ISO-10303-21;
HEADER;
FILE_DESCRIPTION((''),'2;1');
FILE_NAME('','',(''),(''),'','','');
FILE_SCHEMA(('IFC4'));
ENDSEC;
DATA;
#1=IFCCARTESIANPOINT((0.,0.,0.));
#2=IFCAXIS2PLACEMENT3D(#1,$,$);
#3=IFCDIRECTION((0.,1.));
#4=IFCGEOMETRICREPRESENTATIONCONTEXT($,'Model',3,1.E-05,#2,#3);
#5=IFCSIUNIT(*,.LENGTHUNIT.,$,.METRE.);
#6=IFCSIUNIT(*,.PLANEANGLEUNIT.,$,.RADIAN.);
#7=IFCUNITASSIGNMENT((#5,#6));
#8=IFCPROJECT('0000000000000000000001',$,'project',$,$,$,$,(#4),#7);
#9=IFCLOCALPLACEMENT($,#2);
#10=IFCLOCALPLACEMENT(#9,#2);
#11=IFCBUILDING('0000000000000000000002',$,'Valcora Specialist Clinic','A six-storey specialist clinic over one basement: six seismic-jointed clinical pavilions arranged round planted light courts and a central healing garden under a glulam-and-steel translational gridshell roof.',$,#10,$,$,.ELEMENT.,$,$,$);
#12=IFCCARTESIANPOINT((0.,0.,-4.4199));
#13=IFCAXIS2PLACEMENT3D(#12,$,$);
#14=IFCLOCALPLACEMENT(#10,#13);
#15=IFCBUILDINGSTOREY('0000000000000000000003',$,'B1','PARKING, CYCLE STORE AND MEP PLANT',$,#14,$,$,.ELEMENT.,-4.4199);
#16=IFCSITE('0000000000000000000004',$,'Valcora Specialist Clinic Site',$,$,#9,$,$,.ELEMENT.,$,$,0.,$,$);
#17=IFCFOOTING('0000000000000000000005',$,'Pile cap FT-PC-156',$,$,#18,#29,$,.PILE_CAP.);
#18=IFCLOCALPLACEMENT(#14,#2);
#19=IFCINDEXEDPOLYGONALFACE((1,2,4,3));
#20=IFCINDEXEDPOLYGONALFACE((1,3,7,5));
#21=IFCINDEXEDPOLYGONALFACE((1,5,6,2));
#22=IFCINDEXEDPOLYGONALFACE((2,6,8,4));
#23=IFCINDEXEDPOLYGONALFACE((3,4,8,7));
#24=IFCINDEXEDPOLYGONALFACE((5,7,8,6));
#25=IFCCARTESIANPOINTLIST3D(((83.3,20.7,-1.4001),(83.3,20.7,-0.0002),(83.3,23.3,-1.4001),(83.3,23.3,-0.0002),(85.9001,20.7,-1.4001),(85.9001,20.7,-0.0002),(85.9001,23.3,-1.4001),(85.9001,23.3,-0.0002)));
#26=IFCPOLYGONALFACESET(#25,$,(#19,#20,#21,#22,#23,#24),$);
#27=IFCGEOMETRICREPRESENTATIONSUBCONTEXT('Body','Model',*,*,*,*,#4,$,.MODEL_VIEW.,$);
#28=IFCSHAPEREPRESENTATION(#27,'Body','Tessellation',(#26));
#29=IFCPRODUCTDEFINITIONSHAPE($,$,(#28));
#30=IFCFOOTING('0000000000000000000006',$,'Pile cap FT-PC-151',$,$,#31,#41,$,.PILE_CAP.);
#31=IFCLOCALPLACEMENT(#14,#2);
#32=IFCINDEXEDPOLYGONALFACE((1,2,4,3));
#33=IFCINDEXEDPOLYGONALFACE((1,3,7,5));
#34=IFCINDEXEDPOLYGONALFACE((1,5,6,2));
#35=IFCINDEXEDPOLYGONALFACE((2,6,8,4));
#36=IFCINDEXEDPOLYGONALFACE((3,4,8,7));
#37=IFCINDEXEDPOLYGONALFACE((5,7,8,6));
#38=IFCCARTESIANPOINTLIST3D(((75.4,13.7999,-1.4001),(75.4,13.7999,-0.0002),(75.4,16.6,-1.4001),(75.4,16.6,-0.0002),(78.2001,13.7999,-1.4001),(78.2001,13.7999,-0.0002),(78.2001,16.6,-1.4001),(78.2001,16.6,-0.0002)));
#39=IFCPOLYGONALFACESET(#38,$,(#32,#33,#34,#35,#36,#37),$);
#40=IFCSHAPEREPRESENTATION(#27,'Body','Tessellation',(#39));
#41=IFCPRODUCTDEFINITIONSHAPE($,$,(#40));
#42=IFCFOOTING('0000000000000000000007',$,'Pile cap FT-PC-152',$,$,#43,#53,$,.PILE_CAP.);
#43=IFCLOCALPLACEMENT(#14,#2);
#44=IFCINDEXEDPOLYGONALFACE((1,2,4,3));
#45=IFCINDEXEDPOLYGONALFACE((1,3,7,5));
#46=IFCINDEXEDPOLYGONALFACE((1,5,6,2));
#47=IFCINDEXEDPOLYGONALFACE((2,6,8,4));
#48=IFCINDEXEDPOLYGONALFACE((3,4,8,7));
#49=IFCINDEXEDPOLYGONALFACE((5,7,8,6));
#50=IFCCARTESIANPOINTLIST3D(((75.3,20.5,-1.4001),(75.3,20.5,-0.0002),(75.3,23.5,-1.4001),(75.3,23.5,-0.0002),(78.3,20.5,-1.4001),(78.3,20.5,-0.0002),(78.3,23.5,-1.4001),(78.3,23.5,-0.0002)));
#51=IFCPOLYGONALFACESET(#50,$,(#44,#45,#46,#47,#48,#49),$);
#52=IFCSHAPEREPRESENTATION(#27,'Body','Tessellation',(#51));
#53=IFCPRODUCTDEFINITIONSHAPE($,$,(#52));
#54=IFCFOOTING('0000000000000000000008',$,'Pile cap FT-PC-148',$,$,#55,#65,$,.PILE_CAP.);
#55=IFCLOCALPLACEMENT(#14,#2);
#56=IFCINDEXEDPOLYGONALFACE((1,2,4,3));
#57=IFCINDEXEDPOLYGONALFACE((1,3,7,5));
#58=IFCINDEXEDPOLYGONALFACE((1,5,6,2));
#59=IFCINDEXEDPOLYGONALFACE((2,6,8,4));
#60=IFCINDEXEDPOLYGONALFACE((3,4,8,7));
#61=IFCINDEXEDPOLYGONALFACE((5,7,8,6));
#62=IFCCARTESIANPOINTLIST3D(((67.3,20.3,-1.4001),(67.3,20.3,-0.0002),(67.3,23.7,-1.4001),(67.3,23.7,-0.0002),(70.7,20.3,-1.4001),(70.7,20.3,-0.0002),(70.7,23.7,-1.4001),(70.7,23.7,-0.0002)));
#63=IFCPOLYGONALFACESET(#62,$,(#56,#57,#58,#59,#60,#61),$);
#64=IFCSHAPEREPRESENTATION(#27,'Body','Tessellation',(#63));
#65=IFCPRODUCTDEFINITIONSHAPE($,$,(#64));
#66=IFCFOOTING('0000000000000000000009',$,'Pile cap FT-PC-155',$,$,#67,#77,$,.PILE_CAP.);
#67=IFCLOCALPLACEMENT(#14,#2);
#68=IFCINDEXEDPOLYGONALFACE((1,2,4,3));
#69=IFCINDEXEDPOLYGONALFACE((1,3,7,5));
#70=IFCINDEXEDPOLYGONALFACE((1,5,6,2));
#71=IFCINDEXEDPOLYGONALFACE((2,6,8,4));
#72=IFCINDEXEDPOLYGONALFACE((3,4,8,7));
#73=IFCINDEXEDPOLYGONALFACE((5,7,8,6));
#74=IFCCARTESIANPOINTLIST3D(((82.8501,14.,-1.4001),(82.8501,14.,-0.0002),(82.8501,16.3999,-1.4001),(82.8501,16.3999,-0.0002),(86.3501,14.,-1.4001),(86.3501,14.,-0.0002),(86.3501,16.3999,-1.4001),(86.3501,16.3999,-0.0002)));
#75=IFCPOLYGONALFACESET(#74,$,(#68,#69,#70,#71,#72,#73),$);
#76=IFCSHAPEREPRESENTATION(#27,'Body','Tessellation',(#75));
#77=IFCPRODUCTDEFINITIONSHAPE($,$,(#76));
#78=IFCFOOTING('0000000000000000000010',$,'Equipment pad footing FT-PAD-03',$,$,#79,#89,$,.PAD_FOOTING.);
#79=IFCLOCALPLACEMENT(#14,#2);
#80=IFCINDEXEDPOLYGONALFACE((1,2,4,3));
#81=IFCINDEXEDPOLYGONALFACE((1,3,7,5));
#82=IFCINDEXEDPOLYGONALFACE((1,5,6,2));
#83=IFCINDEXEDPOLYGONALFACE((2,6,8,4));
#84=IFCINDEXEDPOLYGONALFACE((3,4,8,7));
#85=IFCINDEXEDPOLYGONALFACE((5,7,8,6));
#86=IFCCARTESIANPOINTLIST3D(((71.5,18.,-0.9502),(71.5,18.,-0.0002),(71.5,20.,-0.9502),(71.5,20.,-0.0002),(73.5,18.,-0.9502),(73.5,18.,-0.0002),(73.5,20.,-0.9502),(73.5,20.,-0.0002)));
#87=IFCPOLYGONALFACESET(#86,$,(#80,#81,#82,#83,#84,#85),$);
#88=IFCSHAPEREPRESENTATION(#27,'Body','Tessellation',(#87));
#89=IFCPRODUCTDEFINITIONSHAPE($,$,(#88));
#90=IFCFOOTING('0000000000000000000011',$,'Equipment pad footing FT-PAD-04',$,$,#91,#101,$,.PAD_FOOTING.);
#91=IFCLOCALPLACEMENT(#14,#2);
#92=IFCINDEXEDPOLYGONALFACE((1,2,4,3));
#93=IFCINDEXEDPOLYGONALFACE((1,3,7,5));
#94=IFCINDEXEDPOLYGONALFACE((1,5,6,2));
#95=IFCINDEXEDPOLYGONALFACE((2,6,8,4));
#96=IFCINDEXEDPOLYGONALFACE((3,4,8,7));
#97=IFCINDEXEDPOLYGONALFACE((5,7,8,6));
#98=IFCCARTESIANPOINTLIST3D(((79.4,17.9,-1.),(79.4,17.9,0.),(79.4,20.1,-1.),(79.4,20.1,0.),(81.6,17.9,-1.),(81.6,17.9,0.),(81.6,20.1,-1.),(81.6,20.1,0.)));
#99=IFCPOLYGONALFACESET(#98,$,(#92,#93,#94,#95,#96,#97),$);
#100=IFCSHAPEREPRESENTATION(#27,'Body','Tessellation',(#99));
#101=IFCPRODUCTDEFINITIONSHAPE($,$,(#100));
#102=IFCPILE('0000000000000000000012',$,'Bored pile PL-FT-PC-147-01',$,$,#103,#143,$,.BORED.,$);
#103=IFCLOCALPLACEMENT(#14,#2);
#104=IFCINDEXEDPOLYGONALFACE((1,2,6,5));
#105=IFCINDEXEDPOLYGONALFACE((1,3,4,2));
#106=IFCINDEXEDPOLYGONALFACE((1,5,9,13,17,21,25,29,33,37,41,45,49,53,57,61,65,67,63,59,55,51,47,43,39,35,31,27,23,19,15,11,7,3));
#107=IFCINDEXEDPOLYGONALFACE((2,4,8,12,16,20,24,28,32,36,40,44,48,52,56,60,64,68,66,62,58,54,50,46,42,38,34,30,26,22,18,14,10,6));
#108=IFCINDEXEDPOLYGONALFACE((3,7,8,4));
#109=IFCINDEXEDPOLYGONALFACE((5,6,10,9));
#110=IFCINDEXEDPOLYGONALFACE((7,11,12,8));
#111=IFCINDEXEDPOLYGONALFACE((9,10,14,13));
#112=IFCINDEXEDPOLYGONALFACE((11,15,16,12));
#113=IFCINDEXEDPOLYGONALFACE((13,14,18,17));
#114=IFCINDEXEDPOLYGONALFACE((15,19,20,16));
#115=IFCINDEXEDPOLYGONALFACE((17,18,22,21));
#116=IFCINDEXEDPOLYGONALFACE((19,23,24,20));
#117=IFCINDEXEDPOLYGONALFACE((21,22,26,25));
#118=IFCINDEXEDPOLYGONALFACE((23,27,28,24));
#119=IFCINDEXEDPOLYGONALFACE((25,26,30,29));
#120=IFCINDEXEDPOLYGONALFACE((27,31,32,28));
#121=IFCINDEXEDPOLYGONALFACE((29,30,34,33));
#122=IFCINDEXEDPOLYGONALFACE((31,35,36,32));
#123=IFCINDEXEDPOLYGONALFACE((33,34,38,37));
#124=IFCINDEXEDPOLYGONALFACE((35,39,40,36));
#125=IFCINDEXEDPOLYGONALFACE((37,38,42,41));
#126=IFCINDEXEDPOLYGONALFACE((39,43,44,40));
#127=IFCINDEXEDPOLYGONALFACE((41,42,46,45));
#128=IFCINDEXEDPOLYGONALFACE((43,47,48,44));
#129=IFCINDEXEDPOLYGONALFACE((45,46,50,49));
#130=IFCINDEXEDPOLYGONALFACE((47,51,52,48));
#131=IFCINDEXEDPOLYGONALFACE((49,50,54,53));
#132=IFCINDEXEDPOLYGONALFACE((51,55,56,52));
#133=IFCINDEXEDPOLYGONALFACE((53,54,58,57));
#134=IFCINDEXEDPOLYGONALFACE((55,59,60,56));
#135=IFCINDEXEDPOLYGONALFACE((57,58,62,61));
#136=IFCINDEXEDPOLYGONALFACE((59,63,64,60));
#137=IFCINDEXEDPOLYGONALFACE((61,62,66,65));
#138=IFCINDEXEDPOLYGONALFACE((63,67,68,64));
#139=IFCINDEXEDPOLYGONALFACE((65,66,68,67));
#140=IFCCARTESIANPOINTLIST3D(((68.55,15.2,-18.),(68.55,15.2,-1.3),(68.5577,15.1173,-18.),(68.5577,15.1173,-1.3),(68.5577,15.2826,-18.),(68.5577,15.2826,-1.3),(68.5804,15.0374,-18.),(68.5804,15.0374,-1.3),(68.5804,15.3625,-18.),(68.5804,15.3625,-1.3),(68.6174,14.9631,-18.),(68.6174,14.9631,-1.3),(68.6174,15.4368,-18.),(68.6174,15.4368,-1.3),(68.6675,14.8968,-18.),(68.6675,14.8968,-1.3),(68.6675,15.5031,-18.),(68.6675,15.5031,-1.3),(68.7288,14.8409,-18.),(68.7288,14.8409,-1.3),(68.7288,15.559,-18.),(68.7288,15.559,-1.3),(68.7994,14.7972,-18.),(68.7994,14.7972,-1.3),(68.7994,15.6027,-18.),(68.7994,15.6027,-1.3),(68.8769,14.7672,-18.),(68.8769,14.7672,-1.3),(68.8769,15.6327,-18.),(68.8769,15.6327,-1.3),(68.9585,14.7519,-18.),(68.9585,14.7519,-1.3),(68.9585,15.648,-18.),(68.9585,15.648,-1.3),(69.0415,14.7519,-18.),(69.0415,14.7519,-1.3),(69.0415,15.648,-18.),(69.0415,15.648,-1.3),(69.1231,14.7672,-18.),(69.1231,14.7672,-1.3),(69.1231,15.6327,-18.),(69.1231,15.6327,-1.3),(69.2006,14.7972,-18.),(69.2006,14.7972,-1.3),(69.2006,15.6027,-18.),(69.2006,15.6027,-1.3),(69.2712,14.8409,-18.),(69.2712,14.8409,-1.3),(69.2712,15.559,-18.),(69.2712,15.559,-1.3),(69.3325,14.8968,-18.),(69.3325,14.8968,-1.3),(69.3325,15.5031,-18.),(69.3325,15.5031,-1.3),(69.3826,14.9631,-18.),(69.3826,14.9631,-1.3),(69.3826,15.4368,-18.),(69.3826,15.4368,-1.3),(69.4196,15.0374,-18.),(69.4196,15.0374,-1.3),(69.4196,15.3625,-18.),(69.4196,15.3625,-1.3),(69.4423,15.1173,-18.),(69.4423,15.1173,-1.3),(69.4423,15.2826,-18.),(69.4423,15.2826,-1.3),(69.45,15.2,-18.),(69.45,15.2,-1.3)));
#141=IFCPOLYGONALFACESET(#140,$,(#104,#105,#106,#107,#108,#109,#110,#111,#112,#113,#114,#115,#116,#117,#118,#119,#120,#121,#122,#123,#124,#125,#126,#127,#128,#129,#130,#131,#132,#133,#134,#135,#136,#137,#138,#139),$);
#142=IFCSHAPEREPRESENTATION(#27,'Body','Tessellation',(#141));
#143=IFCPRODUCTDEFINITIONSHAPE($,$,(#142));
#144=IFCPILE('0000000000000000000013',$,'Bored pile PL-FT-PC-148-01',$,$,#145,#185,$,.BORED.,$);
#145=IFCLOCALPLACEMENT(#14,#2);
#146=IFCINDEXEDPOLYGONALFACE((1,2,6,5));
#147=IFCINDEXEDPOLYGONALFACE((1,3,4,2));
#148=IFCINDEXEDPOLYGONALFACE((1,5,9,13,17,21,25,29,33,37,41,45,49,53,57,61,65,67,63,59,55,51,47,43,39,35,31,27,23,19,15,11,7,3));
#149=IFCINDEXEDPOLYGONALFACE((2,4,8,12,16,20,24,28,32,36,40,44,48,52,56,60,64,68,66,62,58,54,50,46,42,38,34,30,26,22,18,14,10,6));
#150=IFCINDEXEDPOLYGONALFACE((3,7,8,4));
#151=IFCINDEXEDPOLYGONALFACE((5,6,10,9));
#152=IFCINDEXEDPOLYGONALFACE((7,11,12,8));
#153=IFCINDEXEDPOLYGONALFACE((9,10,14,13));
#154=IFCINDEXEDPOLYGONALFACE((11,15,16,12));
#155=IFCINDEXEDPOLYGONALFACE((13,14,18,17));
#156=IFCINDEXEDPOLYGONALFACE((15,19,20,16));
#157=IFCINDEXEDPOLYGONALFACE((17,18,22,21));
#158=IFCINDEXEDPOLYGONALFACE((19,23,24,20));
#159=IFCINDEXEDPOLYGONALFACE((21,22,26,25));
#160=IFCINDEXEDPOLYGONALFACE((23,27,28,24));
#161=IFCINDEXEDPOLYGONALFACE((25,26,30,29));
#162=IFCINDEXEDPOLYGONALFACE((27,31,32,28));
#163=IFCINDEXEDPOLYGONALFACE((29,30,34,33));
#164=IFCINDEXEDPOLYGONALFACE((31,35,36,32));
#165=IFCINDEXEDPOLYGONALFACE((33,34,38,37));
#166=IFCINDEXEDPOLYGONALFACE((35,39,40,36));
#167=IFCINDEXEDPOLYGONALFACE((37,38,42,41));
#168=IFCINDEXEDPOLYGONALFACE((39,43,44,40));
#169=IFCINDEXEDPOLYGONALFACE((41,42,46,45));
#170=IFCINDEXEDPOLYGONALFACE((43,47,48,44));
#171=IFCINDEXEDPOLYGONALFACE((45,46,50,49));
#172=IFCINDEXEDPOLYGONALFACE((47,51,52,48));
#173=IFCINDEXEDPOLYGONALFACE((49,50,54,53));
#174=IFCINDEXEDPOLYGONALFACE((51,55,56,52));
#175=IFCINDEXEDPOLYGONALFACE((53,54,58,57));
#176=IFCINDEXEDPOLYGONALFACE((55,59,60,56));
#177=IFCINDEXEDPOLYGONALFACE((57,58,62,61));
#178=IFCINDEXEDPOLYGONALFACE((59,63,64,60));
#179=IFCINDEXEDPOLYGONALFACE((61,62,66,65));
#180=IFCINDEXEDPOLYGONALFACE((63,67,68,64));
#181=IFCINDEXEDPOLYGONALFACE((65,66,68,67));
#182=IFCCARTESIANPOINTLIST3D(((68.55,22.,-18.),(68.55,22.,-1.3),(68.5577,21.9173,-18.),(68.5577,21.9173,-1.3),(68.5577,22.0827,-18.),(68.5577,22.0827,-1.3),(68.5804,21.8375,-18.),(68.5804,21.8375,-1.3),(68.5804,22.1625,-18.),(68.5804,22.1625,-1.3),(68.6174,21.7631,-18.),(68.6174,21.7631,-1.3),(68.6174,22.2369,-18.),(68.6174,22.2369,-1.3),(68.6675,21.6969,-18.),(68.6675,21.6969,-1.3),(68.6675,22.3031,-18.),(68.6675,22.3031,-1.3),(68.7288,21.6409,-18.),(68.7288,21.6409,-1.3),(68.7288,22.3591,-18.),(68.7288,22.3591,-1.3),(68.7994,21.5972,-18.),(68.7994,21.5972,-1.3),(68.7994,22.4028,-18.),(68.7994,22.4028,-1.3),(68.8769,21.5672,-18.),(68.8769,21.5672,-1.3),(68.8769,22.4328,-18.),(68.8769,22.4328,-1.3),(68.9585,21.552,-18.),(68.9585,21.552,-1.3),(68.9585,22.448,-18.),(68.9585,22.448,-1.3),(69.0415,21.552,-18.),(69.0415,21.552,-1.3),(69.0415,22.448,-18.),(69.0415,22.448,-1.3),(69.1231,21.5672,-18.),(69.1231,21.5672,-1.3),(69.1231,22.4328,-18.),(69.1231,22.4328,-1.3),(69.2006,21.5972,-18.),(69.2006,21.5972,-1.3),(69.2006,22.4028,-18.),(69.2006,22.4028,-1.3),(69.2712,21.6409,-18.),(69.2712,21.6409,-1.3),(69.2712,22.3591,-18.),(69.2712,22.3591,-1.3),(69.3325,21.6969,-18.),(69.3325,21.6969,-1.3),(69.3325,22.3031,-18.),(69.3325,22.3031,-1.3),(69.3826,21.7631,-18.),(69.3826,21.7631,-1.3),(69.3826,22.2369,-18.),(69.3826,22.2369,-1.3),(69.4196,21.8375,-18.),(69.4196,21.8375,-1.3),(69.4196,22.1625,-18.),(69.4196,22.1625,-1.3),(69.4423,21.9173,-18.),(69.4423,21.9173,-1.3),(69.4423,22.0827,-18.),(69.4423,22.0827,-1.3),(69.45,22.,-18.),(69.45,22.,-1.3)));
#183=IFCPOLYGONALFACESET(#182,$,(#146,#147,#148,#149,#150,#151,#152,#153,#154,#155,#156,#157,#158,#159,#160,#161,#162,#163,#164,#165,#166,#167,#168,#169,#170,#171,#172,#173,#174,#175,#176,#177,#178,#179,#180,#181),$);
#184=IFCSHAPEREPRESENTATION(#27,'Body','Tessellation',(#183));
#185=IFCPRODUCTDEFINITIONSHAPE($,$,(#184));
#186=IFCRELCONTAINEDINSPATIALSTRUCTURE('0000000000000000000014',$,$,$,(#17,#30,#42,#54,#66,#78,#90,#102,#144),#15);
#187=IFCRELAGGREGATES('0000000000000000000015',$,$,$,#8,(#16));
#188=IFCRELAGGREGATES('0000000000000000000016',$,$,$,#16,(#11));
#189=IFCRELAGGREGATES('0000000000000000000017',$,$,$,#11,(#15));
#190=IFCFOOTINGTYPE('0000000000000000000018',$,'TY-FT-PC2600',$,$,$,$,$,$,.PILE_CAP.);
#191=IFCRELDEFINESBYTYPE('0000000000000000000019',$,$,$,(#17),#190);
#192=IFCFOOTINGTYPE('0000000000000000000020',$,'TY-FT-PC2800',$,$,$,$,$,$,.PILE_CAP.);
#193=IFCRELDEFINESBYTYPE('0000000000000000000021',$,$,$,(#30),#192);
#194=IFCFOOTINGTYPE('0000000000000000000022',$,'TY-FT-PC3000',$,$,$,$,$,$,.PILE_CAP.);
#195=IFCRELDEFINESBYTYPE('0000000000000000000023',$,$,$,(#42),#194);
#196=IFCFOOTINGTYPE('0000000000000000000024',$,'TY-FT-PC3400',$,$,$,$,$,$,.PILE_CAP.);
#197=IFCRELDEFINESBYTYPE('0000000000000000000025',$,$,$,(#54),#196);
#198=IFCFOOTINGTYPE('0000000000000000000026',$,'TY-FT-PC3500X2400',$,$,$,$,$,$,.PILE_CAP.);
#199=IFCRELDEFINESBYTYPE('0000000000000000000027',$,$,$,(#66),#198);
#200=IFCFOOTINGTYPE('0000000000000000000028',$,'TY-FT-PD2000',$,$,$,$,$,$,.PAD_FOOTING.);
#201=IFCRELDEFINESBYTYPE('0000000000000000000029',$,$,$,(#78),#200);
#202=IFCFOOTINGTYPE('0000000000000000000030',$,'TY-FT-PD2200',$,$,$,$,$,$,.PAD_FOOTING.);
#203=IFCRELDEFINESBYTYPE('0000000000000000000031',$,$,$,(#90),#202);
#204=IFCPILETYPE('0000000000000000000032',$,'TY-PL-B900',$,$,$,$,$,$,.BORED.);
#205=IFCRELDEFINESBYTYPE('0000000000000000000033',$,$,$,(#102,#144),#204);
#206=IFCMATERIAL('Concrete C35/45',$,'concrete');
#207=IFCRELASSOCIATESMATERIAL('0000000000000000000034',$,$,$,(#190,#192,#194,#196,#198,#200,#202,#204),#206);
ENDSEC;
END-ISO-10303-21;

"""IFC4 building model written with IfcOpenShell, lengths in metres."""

from ifc_helpers import new_model, si_unit, direction, frame, origin, origin_2d, place, context, subcontext, project, spatial, rectangle, circle, extrude, material, material_profile, profile_set, type_object, element, save


model = new_model("IFC4")

# Units and contexts
model_context = context("Model", 3, precision=1e-05, world=origin(), true_north=direction((0.0, 1.0)))
body_context = subcontext(model_context, "Body", "Model", "MODEL_VIEW")
ifc_project = project(units=[si_unit("LENGTHUNIT", "METRE"), si_unit("PLANEANGLEUNIT", "RADIAN")], contexts=[model_context])

# Site, building, storey
site_placement = place(None, origin())
site = spatial("IfcSite", under=ifc_project, at=site_placement, Name="Valcora Specialist Clinic Site", CompositionType="ELEMENT", RefElevation=0.0)
building_placement = place(site_placement, origin())
building = spatial("IfcBuilding", under=site, at=building_placement, Name="Valcora Specialist Clinic", Description="A six-storey specialist clinic over one basement: six seismic-jointed clinical pavilions arranged round planted light courts and a central healing garden under a glulam-and-steel translational gridshell roof.", CompositionType="ELEMENT")
storey_placement = place(building_placement, frame((0.0, 0.0, -4.4199)))
storey = spatial("IfcBuildingStorey", under=building, at=storey_placement, Name="B1", Description="PARKING, CYCLE STORE AND MEP PLANT", CompositionType="ELEMENT", Elevation=-4.4199)

# Footings
ifc_material_1 = material(Name="Concrete C35/45", Category="concrete")
footing_type_1 = type_object("IfcFootingType", Name="TY-FT-PC2600", PredefinedType="PILE_CAP", material=ifc_material_1)
footing_1_placement = place(storey_placement, frame((84.6001, 22.0, -1.4001), z_axis=(0.0, 0.0, 1.0), x_axis=(1.0, 0.0, 0.0)))
element("IfcFooting", 1, at=footing_1_placement, inside=storey, type_object=footing_type_1, Name="Pile cap FT-PC-156", PredefinedType="PILE_CAP", context=body_context, shape_type="SweptSolid", body=[
    extrude(rectangle(XDim=2.6001, YDim=2.6001, at=origin_2d()), origin(), (0.0, 0.0, 1.0), 1.3999),
])
footing_type_2 = type_object("IfcFootingType", Name="TY-FT-PC2800", PredefinedType="PILE_CAP", material=ifc_material_1)
footing_2_placement = place(storey_placement, frame((76.8, 15.2, -1.4001), z_axis=(0.0, 0.0, 1.0), x_axis=(1.0, 0.0, 0.0)))
element("IfcFooting", 2, at=footing_2_placement, inside=storey, type_object=footing_type_2, Name="Pile cap FT-PC-151", PredefinedType="PILE_CAP", context=body_context, shape_type="SweptSolid", body=[
    extrude(rectangle(XDim=2.8, YDim=2.8, at=origin_2d()), origin(), (0.0, 0.0, 1.0), 1.3999),
])
footing_type_3 = type_object("IfcFootingType", Name="TY-FT-PC3000", PredefinedType="PILE_CAP", material=ifc_material_1)
footing_3_placement = place(storey_placement, frame((76.8, 22.0, -1.4001), z_axis=(0.0, 0.0, 1.0), x_axis=(1.0, 0.0, 0.0)))
element("IfcFooting", 3, at=footing_3_placement, inside=storey, type_object=footing_type_3, Name="Pile cap FT-PC-152", PredefinedType="PILE_CAP", context=body_context, shape_type="SweptSolid", body=[
    extrude(rectangle(XDim=3.0, YDim=3.0, at=origin_2d()), origin(), (0.0, 0.0, 1.0), 1.3999),
])
footing_type_4 = type_object("IfcFootingType", Name="TY-FT-PC3400", PredefinedType="PILE_CAP", material=ifc_material_1)
footing_4_placement = place(storey_placement, frame((69.0, 22.0, -1.4001), z_axis=(0.0, 0.0, 1.0), x_axis=(1.0, 0.0, 0.0)))
element("IfcFooting", 4, at=footing_4_placement, inside=storey, type_object=footing_type_4, Name="Pile cap FT-PC-148", PredefinedType="PILE_CAP", context=body_context, shape_type="SweptSolid", body=[
    extrude(rectangle(XDim=3.3999, YDim=3.3999, at=origin_2d()), origin(), (0.0, 0.0, 1.0), 1.3999),
])
footing_type_5 = type_object("IfcFootingType", Name="TY-FT-PC3500X2400", PredefinedType="PILE_CAP", material=ifc_material_1)
footing_5_placement = place(storey_placement, frame((84.6001, 15.2, -1.4001), z_axis=(0.0, 0.0, 1.0), x_axis=(1.0, 0.0, 0.0)))
element("IfcFooting", 5, at=footing_5_placement, inside=storey, type_object=footing_type_5, Name="Pile cap FT-PC-155", PredefinedType="PILE_CAP", context=body_context, shape_type="SweptSolid", body=[
    extrude(rectangle(XDim=3.5, YDim=2.3999, at=origin_2d()), origin(), (0.0, 0.0, 1.0), 1.3999),
])
footing_type_6 = type_object("IfcFootingType", Name="TY-FT-PD2000", PredefinedType="PAD_FOOTING", material=ifc_material_1)
footing_6_placement = place(storey_placement, frame((72.5, 19.0, -0.9502), z_axis=(0.0, 0.0, 1.0), x_axis=(1.0, 0.0, 0.0)))
element("IfcFooting", 6, at=footing_6_placement, inside=storey, type_object=footing_type_6, Name="Equipment pad footing FT-PAD-03", PredefinedType="PAD_FOOTING", context=body_context, shape_type="SweptSolid", body=[
    extrude(rectangle(XDim=2.0, YDim=2.0, at=origin_2d()), origin(), (0.0, 0.0, 1.0), 0.95),
])
footing_type_7 = type_object("IfcFootingType", Name="TY-FT-PD2200", PredefinedType="PAD_FOOTING", material=ifc_material_1)
footing_7_placement = place(storey_placement, frame((80.5, 19.0, -1.0), z_axis=(0.0, 0.0, 1.0), x_axis=(1.0, 0.0, 0.0)))
element("IfcFooting", 7, at=footing_7_placement, inside=storey, type_object=footing_type_7, Name="Equipment pad footing FT-PAD-04", PredefinedType="PAD_FOOTING", context=body_context, shape_type="SweptSolid", body=[
    extrude(rectangle(XDim=2.2, YDim=2.2, at=origin_2d()), origin(), (0.0, 0.0, 1.0), 1.0),
])

# Piles
ifc_material_profile_1 = material_profile(ifc_material_1, circle(Radius=0.45, at=origin_2d()), Name="RC-PIL-D900")
ifc_profile_set_1 = profile_set([ifc_material_profile_1], Name="Concrete C35/45")
pile_type = type_object("IfcPileType", Name="TY-PL-B900", PredefinedType="BORED", material=ifc_profile_set_1)
for number, where, z_axis, x_axis, name in (
    (8, (69.0, 15.2, -1.3), (0.0, 0.0, -1.0), (1.0, 0.0, 0.0), "Bored pile PL-FT-PC-147-01"),
    (9, (69.0, 22.0, -1.3), (0.0, 0.0, -1.0), (1.0, 0.0, 0.0), "Bored pile PL-FT-PC-148-01"),
):
    element("IfcPile", number, at=place(storey_placement, frame(where, z_axis=z_axis, x_axis=x_axis)), inside=storey, type_object=pile_type, Name=name, PredefinedType="BORED", context=body_context, shape_type="SweptSolid", body=[
        extrude(circle(Radius=0.45, at=origin_2d()), origin(), (0.0, 0.0, 1.0), 16.7),
    ])

save(model, "model.ifc")
